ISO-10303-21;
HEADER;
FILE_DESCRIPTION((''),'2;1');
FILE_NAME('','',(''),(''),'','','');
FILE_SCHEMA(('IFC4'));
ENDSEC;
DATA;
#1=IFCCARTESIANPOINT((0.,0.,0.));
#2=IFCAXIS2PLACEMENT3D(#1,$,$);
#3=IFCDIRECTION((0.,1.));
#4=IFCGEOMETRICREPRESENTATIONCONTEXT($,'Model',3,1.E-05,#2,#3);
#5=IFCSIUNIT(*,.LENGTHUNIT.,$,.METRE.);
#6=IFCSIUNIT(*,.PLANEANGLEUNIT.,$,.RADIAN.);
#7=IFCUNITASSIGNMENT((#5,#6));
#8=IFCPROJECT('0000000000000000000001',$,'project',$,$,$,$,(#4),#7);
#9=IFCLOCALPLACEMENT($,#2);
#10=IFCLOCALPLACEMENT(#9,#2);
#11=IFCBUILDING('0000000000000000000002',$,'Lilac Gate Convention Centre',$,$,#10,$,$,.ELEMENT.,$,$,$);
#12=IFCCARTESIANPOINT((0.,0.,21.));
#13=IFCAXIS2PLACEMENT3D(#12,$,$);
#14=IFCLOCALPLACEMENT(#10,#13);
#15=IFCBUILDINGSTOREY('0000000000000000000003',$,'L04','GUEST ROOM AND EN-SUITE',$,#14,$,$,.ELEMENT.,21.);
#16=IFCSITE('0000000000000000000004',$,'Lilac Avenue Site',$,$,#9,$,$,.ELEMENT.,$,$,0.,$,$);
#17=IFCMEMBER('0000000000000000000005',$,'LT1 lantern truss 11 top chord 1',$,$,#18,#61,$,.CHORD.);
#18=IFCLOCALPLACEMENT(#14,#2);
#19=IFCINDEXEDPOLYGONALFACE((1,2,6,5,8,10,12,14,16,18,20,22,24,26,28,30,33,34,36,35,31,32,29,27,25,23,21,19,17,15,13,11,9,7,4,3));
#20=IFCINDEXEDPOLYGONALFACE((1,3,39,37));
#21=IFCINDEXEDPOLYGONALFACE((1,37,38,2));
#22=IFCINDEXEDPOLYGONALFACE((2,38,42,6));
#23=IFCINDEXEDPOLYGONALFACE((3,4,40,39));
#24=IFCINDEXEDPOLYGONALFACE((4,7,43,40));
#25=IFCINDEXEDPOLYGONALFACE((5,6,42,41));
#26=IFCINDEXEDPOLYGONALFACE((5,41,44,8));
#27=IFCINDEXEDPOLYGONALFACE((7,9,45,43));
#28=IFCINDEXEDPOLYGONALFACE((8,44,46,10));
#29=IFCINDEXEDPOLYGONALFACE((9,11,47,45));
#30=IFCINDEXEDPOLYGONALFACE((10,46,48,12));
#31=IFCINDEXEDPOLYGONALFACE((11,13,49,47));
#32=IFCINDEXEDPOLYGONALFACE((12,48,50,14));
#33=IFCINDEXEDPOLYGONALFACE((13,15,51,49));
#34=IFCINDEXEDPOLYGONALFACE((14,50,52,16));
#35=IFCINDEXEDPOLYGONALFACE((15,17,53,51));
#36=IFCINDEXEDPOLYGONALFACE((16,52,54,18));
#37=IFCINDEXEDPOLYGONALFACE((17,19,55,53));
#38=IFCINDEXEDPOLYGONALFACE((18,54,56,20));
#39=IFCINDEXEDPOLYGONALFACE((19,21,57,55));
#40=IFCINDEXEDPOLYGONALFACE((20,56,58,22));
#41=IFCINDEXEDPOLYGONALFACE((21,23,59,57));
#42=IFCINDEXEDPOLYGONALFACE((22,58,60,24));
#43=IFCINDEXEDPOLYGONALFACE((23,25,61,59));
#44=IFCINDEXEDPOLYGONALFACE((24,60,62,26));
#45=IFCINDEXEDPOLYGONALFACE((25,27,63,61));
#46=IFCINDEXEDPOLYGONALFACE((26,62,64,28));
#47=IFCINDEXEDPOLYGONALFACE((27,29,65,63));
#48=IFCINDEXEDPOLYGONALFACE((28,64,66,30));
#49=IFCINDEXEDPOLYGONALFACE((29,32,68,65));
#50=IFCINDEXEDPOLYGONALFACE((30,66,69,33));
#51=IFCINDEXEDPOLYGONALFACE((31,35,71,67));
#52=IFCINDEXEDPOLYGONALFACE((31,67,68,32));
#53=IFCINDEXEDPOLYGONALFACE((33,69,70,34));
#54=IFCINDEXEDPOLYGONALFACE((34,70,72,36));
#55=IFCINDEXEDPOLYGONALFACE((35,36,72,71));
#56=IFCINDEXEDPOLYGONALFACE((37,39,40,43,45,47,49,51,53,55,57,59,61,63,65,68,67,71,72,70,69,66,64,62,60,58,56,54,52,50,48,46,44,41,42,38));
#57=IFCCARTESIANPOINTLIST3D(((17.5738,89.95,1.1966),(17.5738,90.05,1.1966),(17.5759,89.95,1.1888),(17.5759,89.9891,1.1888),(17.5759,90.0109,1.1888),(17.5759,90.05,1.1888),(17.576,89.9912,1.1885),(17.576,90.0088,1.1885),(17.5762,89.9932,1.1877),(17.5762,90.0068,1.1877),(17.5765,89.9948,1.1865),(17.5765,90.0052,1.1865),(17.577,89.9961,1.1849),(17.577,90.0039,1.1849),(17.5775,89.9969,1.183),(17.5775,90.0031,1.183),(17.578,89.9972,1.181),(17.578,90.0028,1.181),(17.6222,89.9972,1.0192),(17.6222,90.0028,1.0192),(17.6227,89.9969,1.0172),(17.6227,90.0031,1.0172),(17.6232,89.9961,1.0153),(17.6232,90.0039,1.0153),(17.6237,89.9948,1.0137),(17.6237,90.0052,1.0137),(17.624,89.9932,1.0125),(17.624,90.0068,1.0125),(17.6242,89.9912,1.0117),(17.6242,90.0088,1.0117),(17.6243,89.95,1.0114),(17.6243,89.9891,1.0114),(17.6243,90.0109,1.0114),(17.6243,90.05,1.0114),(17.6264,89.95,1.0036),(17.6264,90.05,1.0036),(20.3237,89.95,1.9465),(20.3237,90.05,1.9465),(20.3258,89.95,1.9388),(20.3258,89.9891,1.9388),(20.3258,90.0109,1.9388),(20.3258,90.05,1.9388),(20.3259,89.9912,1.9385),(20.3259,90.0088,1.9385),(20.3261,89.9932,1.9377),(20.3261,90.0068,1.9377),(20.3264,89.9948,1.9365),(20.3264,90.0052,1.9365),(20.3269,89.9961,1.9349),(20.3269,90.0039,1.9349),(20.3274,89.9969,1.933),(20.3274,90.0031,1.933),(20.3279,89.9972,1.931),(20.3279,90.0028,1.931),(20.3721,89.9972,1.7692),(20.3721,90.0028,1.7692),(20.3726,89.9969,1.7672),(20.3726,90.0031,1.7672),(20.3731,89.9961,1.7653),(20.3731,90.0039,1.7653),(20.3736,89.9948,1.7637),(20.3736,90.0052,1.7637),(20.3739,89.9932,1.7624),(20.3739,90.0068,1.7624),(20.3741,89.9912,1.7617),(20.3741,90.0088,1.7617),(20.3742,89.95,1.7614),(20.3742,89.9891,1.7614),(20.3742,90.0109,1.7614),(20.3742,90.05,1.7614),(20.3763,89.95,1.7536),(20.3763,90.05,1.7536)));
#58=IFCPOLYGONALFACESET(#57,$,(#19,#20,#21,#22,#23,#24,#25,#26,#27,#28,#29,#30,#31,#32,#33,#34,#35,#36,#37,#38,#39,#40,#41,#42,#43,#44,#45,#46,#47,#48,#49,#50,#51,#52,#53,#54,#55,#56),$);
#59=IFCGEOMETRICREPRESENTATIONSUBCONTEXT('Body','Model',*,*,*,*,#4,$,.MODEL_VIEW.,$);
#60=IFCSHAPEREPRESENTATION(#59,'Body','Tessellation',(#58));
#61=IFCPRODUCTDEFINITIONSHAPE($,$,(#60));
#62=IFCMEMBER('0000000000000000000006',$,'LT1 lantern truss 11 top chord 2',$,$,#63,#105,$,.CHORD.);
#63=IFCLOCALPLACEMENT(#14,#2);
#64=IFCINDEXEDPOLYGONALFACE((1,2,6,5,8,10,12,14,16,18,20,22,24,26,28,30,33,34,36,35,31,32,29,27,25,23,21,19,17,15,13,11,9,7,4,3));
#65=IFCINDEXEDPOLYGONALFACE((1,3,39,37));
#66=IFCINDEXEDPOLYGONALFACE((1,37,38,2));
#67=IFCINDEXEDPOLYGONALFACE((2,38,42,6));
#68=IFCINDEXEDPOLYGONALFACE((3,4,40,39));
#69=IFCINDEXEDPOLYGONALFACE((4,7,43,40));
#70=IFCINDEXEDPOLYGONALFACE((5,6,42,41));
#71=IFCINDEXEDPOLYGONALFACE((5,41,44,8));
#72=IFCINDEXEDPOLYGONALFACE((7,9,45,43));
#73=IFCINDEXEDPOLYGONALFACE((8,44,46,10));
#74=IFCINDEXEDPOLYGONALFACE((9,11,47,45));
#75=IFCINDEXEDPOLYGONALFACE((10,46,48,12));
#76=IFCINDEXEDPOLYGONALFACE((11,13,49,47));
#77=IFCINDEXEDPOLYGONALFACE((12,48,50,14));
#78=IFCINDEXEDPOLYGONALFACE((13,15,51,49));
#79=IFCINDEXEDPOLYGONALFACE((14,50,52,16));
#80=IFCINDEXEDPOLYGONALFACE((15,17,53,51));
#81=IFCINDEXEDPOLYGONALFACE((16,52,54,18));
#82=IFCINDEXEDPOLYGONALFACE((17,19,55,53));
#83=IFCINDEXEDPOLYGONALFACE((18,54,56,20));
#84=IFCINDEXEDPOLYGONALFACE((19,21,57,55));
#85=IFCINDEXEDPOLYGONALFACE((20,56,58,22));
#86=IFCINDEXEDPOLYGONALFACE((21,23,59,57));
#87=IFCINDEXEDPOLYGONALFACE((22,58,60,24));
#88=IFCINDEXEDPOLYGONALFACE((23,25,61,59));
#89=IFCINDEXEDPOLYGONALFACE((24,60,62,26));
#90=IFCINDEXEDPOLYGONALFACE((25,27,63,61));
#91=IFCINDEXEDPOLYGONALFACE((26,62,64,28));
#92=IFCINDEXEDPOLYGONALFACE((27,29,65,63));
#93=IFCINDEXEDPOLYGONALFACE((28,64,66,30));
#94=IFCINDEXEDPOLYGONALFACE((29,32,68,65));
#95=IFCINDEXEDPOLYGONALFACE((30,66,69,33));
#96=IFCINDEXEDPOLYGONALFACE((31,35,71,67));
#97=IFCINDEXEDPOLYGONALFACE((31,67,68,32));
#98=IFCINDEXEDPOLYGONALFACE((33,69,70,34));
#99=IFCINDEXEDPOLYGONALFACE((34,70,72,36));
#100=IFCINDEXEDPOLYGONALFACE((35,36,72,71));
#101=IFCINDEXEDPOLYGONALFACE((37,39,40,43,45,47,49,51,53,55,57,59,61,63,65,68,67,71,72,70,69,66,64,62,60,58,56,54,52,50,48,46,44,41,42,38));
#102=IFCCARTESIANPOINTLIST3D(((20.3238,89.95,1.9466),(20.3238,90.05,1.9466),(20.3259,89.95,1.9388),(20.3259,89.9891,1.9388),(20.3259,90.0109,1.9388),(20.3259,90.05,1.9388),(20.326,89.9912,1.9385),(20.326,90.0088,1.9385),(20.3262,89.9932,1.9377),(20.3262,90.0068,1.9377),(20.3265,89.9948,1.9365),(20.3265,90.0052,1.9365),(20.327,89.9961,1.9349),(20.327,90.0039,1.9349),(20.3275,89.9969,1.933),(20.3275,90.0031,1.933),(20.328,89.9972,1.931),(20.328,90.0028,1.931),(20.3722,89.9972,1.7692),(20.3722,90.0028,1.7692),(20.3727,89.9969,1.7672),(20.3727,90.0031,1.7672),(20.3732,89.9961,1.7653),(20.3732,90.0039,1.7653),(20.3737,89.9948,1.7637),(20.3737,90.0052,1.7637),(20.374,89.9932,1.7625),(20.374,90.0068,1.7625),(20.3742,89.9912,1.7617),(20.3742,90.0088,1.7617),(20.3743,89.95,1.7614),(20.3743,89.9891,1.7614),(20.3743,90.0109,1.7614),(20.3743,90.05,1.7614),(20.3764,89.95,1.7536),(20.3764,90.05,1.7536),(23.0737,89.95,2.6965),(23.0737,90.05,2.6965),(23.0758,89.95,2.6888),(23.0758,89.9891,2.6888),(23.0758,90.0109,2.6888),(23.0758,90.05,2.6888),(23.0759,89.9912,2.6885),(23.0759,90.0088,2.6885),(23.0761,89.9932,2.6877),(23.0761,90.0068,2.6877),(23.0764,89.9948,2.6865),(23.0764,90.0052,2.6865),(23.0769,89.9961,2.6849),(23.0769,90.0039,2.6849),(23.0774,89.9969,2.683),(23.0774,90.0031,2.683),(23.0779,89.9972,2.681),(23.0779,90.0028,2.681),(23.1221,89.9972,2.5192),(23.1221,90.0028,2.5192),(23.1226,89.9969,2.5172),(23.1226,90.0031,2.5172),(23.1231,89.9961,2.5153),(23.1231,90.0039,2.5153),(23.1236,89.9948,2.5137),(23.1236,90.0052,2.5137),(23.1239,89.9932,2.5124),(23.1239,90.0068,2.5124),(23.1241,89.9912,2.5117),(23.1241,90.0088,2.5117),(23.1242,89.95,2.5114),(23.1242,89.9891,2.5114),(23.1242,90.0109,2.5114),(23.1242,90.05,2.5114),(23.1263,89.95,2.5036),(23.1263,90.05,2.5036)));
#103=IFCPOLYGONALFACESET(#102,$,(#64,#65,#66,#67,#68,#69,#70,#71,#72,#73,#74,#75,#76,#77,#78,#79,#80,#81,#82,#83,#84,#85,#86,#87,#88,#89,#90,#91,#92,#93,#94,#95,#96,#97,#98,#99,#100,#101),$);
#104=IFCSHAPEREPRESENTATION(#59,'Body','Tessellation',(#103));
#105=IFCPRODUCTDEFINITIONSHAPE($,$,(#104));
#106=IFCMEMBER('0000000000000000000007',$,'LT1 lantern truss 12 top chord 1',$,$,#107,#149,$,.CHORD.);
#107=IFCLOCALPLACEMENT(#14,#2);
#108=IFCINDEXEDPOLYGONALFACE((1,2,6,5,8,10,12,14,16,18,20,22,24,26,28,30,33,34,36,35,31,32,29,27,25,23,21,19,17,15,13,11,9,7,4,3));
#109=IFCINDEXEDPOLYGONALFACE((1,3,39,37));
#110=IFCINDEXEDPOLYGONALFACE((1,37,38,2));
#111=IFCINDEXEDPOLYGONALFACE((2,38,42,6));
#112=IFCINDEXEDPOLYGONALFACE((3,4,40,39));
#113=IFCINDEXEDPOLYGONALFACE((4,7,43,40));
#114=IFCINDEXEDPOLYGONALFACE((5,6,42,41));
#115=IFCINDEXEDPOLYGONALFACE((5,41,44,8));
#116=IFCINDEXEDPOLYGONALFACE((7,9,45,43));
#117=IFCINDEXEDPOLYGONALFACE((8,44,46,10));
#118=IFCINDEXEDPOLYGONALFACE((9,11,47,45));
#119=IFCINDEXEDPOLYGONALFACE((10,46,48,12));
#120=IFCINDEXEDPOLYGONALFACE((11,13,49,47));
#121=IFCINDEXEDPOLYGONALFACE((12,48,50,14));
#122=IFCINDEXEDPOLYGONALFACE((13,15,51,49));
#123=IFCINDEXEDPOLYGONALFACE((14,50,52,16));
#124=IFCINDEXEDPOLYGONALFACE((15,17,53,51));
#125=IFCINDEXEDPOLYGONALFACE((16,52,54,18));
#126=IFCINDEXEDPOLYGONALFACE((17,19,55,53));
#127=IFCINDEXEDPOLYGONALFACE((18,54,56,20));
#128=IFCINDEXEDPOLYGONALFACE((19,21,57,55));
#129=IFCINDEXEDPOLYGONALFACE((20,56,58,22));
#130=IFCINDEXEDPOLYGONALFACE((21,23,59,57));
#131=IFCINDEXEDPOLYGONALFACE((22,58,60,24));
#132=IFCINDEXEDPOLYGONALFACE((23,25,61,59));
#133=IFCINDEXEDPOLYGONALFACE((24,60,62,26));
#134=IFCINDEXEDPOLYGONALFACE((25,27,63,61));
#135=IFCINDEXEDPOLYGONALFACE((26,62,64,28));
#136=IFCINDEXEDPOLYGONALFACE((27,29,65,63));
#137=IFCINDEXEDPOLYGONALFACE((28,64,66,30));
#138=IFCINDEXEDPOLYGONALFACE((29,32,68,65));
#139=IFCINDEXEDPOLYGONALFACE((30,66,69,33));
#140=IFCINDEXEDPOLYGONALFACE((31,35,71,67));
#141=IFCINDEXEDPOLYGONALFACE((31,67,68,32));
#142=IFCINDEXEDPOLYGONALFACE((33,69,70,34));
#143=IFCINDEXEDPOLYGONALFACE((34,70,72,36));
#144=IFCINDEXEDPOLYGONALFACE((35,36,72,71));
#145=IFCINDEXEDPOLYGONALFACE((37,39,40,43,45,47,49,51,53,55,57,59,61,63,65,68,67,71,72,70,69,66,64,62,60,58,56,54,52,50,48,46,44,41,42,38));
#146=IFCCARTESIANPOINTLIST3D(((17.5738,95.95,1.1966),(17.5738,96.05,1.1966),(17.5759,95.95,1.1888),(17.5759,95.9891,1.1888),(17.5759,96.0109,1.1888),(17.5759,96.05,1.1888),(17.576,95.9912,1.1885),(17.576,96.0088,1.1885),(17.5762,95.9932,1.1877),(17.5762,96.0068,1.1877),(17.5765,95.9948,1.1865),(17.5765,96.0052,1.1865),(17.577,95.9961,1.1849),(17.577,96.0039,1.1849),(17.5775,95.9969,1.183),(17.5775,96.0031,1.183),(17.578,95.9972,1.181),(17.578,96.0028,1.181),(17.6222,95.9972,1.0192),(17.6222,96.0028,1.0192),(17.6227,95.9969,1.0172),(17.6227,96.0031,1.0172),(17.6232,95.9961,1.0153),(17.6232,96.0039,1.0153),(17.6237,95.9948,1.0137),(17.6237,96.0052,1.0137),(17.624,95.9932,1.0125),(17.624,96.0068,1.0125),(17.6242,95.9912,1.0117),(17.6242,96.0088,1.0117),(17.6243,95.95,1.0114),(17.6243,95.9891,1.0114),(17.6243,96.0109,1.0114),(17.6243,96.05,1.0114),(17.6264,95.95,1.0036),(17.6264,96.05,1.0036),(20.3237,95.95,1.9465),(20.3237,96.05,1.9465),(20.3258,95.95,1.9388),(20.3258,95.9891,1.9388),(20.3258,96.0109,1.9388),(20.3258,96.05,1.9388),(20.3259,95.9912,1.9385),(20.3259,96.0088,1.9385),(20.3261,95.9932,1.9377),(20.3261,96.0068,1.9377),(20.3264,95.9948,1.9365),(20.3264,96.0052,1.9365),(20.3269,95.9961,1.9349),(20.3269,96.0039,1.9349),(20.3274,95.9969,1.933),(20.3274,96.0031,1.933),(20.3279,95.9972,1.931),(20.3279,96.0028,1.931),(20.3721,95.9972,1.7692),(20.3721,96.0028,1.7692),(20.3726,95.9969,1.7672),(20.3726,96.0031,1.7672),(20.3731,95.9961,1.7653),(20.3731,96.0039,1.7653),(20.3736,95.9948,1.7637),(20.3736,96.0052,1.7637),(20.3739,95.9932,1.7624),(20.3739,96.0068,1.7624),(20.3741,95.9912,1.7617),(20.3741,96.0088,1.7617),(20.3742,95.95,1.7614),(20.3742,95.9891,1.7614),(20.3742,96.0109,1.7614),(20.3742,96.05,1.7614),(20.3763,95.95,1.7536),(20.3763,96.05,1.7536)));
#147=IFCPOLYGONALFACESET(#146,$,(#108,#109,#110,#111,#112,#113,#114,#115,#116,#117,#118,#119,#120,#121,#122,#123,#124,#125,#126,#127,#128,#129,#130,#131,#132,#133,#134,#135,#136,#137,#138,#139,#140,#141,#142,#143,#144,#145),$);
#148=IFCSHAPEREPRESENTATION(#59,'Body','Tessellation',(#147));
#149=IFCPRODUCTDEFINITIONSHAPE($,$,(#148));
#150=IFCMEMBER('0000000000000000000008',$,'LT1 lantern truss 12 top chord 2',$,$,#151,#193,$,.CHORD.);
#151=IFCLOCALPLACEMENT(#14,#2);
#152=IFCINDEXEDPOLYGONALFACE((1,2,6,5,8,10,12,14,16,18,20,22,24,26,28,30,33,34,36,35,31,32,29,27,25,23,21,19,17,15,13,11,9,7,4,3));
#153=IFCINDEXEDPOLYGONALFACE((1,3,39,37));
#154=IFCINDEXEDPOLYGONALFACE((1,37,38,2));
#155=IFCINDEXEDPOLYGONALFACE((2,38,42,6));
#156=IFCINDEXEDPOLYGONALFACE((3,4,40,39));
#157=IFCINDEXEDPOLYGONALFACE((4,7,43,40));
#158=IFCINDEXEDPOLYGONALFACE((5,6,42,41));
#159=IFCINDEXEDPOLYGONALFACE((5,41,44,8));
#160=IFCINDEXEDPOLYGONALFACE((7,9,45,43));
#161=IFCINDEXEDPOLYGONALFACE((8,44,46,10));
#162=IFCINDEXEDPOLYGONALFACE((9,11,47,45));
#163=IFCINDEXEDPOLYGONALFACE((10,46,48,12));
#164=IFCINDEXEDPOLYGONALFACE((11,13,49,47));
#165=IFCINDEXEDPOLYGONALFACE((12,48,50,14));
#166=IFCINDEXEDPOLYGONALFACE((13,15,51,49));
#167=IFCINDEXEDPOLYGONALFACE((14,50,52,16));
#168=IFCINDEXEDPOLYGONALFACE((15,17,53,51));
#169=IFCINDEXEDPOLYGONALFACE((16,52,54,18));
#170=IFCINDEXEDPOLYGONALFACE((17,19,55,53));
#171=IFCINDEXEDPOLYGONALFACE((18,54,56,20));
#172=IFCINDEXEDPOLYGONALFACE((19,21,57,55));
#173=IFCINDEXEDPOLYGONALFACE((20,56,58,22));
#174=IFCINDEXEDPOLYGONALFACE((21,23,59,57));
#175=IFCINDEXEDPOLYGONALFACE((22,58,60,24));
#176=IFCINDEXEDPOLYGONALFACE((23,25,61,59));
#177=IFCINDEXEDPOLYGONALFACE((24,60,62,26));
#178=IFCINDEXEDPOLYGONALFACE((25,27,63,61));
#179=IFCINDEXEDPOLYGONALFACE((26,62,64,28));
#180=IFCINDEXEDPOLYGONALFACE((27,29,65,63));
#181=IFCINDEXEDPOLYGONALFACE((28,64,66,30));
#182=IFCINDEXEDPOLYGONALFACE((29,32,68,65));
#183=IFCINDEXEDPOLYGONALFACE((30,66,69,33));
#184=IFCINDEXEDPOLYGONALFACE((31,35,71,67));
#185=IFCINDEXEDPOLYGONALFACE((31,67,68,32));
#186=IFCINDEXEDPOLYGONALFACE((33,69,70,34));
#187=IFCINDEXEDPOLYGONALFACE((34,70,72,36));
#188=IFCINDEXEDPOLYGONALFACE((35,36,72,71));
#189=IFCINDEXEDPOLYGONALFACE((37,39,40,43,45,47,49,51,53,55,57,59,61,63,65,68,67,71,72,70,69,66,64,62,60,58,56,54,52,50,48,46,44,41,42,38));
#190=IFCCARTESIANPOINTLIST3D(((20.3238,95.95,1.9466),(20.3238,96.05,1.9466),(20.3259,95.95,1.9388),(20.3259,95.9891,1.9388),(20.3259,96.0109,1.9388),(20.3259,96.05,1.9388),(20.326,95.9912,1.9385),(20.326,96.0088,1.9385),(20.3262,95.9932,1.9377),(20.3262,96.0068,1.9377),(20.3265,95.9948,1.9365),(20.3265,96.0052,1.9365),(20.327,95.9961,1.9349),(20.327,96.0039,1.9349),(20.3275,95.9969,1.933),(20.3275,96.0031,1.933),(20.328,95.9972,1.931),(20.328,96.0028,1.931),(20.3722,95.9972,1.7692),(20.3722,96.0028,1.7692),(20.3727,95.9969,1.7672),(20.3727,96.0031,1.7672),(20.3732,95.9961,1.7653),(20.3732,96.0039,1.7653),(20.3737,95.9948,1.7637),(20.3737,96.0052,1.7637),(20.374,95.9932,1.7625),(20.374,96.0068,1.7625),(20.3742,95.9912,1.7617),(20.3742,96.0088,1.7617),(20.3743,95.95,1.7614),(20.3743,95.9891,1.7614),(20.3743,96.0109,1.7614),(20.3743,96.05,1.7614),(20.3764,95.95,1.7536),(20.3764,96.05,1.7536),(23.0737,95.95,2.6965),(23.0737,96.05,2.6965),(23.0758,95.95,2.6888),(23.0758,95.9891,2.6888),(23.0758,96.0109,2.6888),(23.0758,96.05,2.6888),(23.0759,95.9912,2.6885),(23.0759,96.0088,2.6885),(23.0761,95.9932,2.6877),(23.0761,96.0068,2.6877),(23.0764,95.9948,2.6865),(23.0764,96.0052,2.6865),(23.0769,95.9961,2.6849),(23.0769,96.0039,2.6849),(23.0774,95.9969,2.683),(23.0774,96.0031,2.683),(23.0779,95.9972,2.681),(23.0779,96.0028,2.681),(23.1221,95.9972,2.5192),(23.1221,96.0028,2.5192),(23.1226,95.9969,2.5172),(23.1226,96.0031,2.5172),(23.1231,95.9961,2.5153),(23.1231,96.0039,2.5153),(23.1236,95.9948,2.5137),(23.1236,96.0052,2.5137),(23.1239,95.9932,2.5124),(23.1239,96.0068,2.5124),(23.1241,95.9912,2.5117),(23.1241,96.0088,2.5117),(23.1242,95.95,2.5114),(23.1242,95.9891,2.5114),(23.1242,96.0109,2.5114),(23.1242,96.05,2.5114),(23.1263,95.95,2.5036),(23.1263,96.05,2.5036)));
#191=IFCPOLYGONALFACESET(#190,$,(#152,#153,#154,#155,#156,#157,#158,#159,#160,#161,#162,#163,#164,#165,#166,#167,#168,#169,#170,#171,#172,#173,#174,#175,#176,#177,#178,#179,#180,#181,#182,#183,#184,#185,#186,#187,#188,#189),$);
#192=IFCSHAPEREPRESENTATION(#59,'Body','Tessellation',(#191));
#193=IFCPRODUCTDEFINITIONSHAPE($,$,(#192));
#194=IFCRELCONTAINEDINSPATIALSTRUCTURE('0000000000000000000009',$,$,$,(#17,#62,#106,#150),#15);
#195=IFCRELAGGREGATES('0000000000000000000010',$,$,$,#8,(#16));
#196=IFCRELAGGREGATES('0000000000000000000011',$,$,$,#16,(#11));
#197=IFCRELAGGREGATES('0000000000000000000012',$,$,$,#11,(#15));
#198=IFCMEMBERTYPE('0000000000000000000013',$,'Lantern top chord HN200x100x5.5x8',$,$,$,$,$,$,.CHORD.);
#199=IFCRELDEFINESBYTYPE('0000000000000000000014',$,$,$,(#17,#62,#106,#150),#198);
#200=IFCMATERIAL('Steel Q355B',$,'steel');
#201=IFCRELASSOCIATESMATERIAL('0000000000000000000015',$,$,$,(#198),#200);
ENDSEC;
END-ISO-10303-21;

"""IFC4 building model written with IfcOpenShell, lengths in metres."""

from ifc_helpers import new_model, si_unit, direction, frame, origin, origin_2d, place, context, subcontext, project, spatial, i_section, extrude, material, material_profile, profile_set, type_object, element, save


model = new_model("IFC4")

# Units and contexts
model_context = context("Model", 3, precision=1e-05, world=origin(), true_north=direction((0.0, 1.0)))
body_context = subcontext(model_context, "Body", "Model", "MODEL_VIEW")
ifc_project = project(units=[si_unit("LENGTHUNIT", "METRE"), si_unit("PLANEANGLEUNIT", "RADIAN")], contexts=[model_context])

# Site, building, storey
site_placement = place(None, origin())
site = spatial("IfcSite", under=ifc_project, at=site_placement, Name="Lilac Avenue Site", CompositionType="ELEMENT", RefElevation=0.0)
building_placement = place(site_placement, origin())
building = spatial("IfcBuilding", under=site, at=building_placement, Name="Lilac Gate Convention Centre", CompositionType="ELEMENT")
storey_placement = place(building_placement, frame((0.0, 0.0, 21.0)))
storey = spatial("IfcBuildingStorey", under=building, at=storey_placement, Name="L04", Description="GUEST ROOM AND EN-SUITE", CompositionType="ELEMENT", Elevation=21.0)

# Members
ifc_material_1 = material(Name="Steel Q355B", Category="steel")
ifc_material_profile_1 = material_profile(ifc_material_1, i_section(OverallWidth=0.1001, OverallDepth=0.2, WebThickness=0.0056, FlangeThickness=0.0081, FilletRadius=0.0081, at=origin_2d()), Name="HN200x100x5.5x8")
ifc_profile_set_1 = profile_set([ifc_material_profile_1], Name="Steel Q355B")
member_type_1 = type_object("IfcMemberType", Name="Lantern top chord HN200x100x5.5x8", PredefinedType="CHORD", material=ifc_profile_set_1)
for number, where, z_axis, x_axis, name in (
    (1, (17.6001, 90.0, 1.1001), (0.964764, 0.0, 0.263117), (0.0, 1.0, 0.0), "LT1 lantern truss 11 top chord 1"),
    (2, (20.3501, 90.0, 1.8501), (0.964764, 0.0, 0.263117), (0.0, 1.0, 0.0), "LT1 lantern truss 11 top chord 2"),
    (3, (17.6001, 96.0, 1.1001), (0.964764, 0.0, 0.263117), (0.0, 1.0, 0.0), "LT1 lantern truss 12 top chord 1"),
    (4, (20.3501, 96.0, 1.8501), (0.964764, 0.0, 0.263117), (0.0, 1.0, 0.0), "LT1 lantern truss 12 top chord 2"),
):
    element("IfcMember", number, at=place(storey_placement, frame(where, z_axis=z_axis, x_axis=x_axis)), inside=storey, type_object=member_type_1, Name=name, PredefinedType="CHORD", context=body_context, shape_type="SweptSolid", body=[
        extrude(i_section(OverallWidth=0.1001, OverallDepth=0.2, WebThickness=0.0056, FlangeThickness=0.0081, FilletRadius=0.0081, at=origin_2d()), origin(), (0.0, 0.0, 1.0), 2.8503),
    ])

save(model, "model.ifc")
